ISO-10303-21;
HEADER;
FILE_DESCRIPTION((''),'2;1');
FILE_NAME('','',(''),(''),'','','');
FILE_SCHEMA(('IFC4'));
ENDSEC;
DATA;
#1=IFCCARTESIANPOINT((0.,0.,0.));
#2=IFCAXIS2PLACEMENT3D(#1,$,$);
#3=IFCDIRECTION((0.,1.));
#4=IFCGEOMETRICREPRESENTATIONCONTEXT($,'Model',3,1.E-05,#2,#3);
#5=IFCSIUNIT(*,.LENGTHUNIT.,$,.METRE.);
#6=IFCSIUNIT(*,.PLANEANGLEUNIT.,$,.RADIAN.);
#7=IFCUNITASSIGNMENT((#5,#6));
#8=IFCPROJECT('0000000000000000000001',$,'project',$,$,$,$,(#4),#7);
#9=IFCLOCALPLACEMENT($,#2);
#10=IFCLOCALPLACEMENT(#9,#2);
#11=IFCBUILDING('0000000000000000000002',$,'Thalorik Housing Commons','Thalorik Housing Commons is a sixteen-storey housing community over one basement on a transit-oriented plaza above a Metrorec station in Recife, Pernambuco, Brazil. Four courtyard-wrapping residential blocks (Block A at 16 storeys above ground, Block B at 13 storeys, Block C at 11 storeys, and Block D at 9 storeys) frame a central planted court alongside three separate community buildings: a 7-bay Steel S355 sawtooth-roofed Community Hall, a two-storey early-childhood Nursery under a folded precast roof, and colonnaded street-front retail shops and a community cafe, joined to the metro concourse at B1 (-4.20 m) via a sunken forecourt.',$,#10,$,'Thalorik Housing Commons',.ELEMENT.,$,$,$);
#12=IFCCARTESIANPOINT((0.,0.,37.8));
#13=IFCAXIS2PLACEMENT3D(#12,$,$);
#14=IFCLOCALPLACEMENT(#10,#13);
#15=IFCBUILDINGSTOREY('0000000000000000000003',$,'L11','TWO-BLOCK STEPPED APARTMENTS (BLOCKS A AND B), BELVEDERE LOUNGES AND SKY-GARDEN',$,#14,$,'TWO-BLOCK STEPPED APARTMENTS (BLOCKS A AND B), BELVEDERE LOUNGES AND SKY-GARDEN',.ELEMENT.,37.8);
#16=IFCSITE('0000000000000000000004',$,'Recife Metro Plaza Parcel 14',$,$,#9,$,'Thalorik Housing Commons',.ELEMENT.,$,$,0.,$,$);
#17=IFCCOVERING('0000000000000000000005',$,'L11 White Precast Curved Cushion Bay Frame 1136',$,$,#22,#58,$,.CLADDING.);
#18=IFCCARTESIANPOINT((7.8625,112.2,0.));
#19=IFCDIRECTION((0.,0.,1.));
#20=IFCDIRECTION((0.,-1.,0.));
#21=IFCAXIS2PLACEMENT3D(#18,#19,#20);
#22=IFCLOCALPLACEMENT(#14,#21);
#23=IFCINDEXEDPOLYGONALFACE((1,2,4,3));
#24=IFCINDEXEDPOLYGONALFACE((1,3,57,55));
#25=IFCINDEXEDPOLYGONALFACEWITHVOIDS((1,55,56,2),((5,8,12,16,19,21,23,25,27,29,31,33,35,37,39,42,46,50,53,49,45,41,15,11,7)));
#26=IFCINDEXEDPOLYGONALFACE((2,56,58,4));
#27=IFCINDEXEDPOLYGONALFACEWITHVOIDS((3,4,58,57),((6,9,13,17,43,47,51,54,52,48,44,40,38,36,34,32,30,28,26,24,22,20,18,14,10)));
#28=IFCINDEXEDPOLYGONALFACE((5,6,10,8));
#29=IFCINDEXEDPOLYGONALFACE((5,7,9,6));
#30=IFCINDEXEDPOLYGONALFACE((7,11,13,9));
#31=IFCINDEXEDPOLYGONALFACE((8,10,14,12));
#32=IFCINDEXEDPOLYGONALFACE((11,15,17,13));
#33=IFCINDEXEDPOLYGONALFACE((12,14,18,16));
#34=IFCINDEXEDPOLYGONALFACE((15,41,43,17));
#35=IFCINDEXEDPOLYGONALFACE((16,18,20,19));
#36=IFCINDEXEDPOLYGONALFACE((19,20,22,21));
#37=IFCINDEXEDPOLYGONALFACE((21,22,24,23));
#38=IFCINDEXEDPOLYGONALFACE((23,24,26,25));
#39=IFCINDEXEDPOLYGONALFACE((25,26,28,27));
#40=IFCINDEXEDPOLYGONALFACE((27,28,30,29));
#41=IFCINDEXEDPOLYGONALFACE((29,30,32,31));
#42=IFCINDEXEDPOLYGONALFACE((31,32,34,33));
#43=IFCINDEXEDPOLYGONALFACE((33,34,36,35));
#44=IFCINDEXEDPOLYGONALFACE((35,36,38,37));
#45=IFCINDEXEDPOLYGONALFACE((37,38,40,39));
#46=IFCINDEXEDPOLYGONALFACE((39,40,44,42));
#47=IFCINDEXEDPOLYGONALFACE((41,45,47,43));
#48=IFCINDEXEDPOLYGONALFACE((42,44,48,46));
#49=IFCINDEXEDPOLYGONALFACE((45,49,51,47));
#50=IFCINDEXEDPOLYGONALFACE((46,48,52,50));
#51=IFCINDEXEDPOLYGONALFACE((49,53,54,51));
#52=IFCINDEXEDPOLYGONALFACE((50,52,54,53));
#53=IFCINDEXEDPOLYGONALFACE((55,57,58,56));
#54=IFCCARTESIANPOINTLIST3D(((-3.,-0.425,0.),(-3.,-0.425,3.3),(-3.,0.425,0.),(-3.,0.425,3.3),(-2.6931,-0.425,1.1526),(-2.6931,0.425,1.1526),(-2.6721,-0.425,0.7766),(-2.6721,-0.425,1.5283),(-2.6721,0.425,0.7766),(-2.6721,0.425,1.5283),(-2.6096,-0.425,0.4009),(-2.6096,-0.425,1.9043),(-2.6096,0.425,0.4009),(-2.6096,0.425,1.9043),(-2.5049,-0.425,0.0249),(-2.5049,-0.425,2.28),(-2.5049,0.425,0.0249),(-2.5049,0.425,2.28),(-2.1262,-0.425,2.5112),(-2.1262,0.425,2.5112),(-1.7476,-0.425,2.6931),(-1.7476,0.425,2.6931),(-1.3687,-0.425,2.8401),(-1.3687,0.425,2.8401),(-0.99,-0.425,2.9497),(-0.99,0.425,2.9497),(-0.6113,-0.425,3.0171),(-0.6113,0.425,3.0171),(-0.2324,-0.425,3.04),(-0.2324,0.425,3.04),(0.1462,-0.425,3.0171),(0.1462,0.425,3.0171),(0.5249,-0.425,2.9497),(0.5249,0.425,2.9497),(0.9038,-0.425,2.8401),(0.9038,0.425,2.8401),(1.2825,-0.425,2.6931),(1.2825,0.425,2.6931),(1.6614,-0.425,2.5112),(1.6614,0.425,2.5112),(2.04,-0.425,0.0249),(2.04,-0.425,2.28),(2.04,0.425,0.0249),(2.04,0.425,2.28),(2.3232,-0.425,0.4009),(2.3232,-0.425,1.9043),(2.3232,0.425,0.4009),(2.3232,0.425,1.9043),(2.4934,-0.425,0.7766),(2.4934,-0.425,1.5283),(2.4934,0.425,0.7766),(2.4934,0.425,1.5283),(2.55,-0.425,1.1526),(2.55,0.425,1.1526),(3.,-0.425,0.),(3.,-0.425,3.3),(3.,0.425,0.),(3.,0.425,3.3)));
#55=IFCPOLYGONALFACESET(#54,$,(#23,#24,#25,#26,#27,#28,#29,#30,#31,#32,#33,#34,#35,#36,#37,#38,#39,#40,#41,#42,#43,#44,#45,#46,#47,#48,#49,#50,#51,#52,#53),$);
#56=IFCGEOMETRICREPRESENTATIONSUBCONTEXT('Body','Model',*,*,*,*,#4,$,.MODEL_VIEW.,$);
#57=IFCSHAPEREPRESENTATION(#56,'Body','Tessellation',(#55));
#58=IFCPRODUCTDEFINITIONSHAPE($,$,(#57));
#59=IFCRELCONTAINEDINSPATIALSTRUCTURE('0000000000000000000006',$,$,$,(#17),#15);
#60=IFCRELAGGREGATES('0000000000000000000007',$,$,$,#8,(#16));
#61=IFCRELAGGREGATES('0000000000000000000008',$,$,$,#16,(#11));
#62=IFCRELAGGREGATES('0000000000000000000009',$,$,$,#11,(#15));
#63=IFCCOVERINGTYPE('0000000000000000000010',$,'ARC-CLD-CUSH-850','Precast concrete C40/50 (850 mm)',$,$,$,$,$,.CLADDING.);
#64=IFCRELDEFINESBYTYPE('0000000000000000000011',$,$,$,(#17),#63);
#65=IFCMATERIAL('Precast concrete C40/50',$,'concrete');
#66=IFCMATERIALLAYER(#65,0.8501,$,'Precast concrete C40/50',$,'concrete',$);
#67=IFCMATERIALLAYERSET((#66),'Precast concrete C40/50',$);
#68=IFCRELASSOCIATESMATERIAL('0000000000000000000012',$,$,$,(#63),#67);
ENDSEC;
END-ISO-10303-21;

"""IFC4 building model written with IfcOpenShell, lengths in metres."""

from ifc_helpers import new_model, si_unit, direction, frame, origin, place, context, subcontext, project, spatial, polyline, outline, extrude, material, layer, layer_set, type_object, element, save


model = new_model("IFC4")

# Units and contexts
model_context = context("Model", 3, precision=1e-05, world=origin(), true_north=direction((0.0, 1.0)))
body_context = subcontext(model_context, "Body", "Model", "MODEL_VIEW")
ifc_project = project(units=[si_unit("LENGTHUNIT", "METRE"), si_unit("PLANEANGLEUNIT", "RADIAN")], contexts=[model_context])

# Site, building, storey
site_placement = place(None, origin())
site = spatial("IfcSite", under=ifc_project, at=site_placement, Name="Recife Metro Plaza Parcel 14", LongName="Thalorik Housing Commons", CompositionType="ELEMENT", RefElevation=0.0)
building_placement = place(site_placement, origin())
building = spatial("IfcBuilding", under=site, at=building_placement, Name="Thalorik Housing Commons", Description="Thalorik Housing Commons is a sixteen-storey housing community over one basement on a transit-oriented plaza above a Metrorec station in Recife, Pernambuco, Brazil. Four courtyard-wrapping residential blocks (Block A at 16 storeys above ground, Block B at 13 storeys, Block C at 11 storeys, and Block D at 9 storeys) frame a central planted court alongside three separate community buildings: a 7-bay Steel S355 sawtooth-roofed Community Hall, a two-storey early-childhood Nursery under a folded precast roof, and colonnaded street-front retail shops and a community cafe, joined to the metro concourse at B1 (-4.20 m) via a sunken forecourt.", LongName="Thalorik Housing Commons", CompositionType="ELEMENT")
storey_placement = place(building_placement, frame((0.0, 0.0, 37.8)))
storey = spatial("IfcBuildingStorey", under=building, at=storey_placement, Name="L11", Description="TWO-BLOCK STEPPED APARTMENTS (BLOCKS A AND B), BELVEDERE LOUNGES AND SKY-GARDEN", LongName="TWO-BLOCK STEPPED APARTMENTS (BLOCKS A AND B), BELVEDERE LOUNGES AND SKY-GARDEN", CompositionType="ELEMENT", Elevation=37.8)

# Shared definitions
ifc_material_1 = material(Name="Precast concrete C40/50", Category="concrete")

# Covering
ifc_layer_1 = layer(ifc_material_1, 0.8501, Name="Precast concrete C40/50", Category="concrete")
ifc_layer_set_1 = layer_set([ifc_layer_1], Name="Precast concrete C40/50")
covering_type_1 = type_object("IfcCoveringType", Name="ARC-CLD-CUSH-850", Description="Precast concrete C40/50 (850 mm)", PredefinedType="CLADDING", material=ifc_layer_set_1)
covering_1_placement = place(storey_placement, frame((7.8625, 112.2, 0.0), z_axis=(0.0, 0.0, 1.0), x_axis=(0.0, -1.0, 0.0)))
element("IfcCovering", 1, at=covering_1_placement, inside=storey, type_object=covering_type_1, Name="L11 White Precast Curved Cushion Bay Frame 1136", PredefinedType="CLADDING", context=body_context, shape_type="SweptSolid", body=[
    extrude(outline(polyline([(-3.0, 0.0), (3.0, 0.0), (3.0, 3.3), (-3.0, 3.3), (-3.0, 0.0)]), holes=[polyline([(2.04, 0.0249), (2.3232, 0.4009), (2.4934, 0.7766), (2.55, 1.1526), (2.4934, 1.5283), (2.3232, 1.9043), (2.04, 2.28), (1.6614, 2.5112), (1.2825, 2.6931), (0.9038, 2.8401), (0.5249, 2.9497), (0.1462, 3.0171), (-0.2324, 3.04), (-0.6113, 3.0171), (-0.99, 2.9497), (-1.3687, 2.8401), (-1.7476, 2.6931), (-2.1262, 2.5112), (-2.5049, 2.28), (-2.6096, 1.9043), (-2.6721, 1.5283), (-2.6931, 1.1526), (-2.6721, 0.7766), (-2.6096, 0.4009), (-2.5049, 0.0249), (2.04, 0.0249)])]), frame((0.0, 0.425, 0.0), z_axis=(0.0, -1.0, 0.0), x_axis=(1.0, 0.0, 0.0)), (0.0, 0.0, 1.0), 0.8501),
])

save(model, "model.ifc")
